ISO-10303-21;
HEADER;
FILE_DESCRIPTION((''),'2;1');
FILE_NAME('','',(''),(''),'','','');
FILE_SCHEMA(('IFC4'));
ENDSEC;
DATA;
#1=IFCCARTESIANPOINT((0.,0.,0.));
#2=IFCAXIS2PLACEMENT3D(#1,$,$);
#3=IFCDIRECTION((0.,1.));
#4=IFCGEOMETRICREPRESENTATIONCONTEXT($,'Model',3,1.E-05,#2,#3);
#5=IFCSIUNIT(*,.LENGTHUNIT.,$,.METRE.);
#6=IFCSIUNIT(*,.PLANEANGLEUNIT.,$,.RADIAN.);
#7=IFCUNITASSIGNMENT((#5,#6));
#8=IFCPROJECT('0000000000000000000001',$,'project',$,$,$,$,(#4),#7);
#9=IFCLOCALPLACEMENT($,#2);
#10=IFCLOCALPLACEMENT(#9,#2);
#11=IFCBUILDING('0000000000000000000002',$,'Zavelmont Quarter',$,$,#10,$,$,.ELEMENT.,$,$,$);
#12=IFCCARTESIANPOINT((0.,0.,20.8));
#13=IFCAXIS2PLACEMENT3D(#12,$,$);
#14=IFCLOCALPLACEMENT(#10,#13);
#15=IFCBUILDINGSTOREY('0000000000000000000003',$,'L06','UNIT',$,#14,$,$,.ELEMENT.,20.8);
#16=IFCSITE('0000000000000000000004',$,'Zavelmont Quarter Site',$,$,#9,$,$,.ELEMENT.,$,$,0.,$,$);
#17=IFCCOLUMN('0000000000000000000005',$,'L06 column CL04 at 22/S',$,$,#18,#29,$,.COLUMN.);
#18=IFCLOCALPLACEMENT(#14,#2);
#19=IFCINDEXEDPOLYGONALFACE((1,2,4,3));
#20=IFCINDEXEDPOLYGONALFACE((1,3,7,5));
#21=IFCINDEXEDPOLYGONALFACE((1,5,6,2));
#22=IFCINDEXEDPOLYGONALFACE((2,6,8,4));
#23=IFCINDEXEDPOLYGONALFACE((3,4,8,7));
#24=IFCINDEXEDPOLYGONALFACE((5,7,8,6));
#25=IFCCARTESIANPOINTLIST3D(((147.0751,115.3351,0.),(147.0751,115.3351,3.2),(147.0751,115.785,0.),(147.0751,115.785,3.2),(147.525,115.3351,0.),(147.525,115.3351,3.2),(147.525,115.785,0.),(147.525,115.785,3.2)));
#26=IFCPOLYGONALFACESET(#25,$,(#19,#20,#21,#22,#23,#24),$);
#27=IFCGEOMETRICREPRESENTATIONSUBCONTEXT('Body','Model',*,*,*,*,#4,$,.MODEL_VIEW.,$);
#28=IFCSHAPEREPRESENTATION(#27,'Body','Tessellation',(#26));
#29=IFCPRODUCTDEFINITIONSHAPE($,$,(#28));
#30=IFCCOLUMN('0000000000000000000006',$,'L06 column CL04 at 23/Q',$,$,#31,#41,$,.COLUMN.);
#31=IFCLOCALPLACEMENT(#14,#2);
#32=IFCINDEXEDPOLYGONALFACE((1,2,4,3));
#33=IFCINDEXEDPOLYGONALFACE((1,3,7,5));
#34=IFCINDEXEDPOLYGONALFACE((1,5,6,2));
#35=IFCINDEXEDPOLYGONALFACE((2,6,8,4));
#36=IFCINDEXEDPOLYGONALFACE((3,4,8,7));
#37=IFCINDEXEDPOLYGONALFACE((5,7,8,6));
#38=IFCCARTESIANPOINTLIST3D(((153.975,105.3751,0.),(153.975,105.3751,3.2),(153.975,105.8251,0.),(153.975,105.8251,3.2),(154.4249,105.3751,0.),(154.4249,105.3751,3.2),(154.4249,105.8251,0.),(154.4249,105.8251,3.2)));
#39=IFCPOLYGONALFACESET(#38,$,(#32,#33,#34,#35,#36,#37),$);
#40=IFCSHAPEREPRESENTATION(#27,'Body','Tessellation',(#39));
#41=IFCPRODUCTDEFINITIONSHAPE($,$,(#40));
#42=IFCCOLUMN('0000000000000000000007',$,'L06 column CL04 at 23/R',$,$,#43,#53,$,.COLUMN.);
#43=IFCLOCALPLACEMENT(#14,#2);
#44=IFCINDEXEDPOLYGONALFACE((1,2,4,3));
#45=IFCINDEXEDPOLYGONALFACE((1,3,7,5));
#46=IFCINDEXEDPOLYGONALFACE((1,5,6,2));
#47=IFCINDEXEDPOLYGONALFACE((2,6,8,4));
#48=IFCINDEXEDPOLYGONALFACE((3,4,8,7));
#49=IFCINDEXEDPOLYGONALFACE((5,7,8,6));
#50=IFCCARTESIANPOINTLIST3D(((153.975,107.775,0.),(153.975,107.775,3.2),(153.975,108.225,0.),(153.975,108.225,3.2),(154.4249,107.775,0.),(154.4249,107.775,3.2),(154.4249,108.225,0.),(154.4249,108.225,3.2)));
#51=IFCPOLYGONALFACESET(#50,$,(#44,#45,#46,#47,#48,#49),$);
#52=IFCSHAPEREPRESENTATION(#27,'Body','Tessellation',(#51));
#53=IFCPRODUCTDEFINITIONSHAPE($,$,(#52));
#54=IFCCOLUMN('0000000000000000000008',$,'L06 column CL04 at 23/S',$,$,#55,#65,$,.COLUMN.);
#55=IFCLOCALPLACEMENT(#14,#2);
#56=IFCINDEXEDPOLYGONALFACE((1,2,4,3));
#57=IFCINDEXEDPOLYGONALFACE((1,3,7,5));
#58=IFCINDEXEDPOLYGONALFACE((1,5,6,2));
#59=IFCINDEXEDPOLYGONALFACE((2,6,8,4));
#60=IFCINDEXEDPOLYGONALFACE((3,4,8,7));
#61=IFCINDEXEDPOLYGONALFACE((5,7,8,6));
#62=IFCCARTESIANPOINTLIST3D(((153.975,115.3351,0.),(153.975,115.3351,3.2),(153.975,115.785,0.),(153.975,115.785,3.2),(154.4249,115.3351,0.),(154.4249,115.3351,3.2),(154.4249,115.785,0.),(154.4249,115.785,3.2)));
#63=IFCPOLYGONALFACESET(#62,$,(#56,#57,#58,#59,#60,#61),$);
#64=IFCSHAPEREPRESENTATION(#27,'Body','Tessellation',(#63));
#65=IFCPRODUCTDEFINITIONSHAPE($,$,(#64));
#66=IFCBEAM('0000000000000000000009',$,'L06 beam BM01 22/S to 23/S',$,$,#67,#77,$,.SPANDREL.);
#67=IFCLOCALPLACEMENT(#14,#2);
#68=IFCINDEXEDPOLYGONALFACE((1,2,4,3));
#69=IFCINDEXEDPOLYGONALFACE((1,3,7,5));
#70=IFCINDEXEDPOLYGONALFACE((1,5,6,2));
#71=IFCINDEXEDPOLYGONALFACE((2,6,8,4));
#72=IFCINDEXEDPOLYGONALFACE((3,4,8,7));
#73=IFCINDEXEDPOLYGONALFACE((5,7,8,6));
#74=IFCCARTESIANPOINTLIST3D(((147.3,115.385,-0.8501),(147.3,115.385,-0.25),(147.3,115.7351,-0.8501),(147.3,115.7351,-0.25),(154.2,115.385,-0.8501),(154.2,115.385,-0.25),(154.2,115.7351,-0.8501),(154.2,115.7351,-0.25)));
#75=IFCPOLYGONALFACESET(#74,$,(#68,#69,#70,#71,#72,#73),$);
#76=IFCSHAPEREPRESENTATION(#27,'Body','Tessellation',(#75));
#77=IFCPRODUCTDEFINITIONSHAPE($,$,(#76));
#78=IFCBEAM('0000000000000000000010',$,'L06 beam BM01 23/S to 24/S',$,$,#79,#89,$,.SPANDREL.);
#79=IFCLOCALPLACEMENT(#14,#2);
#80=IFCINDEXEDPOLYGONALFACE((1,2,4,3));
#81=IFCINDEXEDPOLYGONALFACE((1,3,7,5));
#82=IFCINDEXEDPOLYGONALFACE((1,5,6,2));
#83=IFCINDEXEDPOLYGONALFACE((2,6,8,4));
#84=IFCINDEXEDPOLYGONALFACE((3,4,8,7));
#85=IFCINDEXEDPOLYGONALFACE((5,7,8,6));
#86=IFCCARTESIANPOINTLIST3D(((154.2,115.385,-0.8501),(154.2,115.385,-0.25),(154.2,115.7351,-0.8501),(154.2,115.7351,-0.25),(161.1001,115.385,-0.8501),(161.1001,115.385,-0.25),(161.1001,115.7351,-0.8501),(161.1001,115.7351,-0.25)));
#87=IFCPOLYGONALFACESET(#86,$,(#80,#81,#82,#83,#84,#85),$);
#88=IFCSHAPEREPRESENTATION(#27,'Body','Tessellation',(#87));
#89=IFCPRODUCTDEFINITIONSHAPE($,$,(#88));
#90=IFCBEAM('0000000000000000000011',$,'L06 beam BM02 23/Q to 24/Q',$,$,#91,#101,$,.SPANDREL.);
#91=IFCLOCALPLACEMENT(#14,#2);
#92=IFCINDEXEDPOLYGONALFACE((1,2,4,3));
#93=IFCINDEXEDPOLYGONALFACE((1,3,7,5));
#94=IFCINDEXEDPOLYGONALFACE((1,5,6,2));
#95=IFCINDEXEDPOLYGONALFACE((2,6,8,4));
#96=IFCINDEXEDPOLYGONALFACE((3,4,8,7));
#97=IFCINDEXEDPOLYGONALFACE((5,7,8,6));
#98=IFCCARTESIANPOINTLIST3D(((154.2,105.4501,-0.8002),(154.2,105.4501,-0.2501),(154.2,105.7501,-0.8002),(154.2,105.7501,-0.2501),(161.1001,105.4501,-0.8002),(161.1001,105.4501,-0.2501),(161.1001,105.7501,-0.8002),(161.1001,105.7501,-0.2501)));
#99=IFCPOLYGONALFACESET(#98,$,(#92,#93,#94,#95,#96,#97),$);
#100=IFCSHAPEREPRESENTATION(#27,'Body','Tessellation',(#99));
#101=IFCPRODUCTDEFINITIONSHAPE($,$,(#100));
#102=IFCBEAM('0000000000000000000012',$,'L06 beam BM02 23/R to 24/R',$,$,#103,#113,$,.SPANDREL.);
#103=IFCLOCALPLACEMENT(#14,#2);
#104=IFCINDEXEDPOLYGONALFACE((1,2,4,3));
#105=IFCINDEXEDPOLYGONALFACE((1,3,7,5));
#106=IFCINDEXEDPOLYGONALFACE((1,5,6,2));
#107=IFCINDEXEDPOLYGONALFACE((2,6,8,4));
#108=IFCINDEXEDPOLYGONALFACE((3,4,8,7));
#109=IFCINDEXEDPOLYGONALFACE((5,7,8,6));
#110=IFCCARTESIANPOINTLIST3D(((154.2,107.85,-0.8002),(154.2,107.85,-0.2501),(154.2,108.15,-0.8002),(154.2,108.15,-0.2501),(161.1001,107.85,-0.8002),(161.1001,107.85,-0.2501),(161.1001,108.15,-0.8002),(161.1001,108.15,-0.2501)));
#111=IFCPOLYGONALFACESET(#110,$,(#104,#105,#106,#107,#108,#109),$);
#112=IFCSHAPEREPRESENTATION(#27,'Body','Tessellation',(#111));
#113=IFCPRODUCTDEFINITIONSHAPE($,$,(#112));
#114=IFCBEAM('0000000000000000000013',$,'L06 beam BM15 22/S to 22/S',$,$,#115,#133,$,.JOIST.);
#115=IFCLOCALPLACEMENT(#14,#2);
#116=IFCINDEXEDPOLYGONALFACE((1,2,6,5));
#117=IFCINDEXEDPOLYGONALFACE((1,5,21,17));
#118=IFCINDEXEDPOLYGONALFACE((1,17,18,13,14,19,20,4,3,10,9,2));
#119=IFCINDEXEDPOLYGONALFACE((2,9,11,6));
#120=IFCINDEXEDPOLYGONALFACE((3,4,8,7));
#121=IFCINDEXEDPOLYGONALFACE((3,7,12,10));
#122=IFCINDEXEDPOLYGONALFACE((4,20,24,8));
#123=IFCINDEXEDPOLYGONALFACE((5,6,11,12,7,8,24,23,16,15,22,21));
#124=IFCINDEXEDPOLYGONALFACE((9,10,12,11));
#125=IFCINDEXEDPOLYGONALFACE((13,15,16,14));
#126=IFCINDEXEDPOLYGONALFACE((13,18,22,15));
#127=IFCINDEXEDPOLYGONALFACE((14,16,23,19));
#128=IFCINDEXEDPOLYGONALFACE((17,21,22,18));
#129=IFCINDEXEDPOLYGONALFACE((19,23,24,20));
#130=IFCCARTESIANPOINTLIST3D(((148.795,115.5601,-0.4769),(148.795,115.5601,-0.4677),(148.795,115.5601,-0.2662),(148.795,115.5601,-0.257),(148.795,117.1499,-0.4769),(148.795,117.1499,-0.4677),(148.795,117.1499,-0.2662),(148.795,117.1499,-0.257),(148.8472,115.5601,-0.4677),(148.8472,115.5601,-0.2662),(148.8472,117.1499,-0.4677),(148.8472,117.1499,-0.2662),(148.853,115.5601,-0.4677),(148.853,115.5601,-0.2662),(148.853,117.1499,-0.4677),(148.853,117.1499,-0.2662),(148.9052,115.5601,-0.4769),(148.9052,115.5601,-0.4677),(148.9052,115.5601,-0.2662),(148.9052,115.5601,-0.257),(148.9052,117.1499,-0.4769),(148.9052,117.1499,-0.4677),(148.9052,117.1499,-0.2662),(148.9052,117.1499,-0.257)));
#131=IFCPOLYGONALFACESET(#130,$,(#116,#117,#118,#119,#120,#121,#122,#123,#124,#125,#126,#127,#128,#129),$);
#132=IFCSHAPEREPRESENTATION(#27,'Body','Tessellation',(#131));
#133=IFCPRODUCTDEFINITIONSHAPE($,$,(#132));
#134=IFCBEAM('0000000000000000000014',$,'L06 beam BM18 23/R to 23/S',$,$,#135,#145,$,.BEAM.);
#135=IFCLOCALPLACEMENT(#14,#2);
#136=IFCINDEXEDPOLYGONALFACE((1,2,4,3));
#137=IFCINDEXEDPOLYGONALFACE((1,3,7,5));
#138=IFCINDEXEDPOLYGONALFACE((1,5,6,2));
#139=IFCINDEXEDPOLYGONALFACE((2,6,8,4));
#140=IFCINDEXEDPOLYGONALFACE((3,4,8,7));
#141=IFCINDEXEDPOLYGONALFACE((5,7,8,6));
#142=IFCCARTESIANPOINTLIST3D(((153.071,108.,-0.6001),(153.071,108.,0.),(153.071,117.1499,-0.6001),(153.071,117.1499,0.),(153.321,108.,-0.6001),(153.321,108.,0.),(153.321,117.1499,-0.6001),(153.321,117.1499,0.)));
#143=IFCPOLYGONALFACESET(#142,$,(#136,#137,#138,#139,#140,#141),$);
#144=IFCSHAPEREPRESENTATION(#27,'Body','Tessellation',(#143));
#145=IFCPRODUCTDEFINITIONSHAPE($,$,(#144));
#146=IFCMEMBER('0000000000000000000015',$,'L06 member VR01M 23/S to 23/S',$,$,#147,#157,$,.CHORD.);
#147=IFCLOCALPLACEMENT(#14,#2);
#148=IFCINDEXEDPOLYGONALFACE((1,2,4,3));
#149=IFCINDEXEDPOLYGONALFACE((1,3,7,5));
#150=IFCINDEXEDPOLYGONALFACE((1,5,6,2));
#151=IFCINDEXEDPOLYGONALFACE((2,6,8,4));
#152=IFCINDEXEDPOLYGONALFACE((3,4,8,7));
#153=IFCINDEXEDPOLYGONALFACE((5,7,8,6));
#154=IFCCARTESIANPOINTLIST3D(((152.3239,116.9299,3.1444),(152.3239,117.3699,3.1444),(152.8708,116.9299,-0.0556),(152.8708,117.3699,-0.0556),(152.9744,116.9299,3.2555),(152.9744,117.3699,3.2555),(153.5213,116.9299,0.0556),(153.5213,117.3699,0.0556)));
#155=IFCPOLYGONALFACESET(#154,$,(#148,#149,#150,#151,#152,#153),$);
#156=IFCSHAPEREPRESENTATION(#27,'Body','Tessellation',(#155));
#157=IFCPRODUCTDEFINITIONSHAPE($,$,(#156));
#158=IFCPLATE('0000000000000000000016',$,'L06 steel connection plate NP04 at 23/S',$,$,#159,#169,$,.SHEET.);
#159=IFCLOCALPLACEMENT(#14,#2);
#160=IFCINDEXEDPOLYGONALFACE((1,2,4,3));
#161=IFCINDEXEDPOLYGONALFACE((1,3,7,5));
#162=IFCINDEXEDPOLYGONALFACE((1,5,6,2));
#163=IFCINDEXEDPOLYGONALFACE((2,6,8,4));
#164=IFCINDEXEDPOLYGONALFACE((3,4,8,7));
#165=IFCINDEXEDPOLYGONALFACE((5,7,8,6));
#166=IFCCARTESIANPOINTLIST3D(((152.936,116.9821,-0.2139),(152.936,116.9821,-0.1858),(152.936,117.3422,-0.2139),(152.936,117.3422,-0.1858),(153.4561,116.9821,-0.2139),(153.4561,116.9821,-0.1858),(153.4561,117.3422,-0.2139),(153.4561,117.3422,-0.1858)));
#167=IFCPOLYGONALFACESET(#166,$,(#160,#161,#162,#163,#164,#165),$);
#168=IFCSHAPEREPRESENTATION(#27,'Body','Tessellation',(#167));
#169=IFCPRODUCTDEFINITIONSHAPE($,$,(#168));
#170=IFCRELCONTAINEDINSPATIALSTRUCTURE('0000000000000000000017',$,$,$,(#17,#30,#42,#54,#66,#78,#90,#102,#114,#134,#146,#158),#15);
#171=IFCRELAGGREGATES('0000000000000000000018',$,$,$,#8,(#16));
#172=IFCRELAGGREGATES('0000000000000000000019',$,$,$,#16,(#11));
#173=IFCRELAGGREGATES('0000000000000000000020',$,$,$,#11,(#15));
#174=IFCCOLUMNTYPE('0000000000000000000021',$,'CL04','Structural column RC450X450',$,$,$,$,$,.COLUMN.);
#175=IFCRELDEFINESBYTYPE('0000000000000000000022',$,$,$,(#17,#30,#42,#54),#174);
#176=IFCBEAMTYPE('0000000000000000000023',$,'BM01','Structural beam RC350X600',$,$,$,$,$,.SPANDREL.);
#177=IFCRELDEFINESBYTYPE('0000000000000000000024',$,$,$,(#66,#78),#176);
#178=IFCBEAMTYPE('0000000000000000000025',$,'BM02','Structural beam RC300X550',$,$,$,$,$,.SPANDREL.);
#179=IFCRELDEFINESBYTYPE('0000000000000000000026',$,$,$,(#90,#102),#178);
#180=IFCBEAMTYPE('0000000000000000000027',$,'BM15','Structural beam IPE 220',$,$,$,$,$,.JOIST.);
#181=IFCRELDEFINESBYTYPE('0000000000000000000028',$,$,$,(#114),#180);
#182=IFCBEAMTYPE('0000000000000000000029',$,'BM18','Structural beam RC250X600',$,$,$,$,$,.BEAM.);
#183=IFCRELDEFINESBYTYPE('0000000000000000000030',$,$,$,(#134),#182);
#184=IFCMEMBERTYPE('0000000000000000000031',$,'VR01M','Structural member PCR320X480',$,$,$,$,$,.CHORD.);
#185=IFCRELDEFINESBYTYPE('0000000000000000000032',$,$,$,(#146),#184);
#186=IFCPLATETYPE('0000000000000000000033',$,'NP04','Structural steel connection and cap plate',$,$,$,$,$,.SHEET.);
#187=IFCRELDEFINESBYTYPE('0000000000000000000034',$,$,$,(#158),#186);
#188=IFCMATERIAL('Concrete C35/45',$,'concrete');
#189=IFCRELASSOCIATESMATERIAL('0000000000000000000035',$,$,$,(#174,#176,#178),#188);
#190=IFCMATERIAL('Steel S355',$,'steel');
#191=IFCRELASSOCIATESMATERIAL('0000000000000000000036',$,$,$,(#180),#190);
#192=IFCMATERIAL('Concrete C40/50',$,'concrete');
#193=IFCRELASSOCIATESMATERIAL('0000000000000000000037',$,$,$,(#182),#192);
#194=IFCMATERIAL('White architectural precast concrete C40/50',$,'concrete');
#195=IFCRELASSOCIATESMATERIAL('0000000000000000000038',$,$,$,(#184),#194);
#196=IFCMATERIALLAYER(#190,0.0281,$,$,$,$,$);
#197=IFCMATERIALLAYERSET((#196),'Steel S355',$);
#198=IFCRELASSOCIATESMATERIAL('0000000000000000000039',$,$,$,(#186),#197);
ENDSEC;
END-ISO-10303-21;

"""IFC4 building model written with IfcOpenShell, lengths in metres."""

from ifc_helpers import new_model, si_unit, direction, frame, origin, origin_2d, place, context, subcontext, project, spatial, rectangle, i_section, extrude, material, layer, layer_set, material_profile, profile_set, type_object, element, save


model = new_model("IFC4")

# Units and contexts
model_context = context("Model", 3, precision=1e-05, world=origin(), true_north=direction((0.0, 1.0)))
body_context = subcontext(model_context, "Body", "Model", "MODEL_VIEW")
ifc_project = project(units=[si_unit("LENGTHUNIT", "METRE"), si_unit("PLANEANGLEUNIT", "RADIAN")], contexts=[model_context])

# Site, building, storey
site_placement = place(None, origin())
site = spatial("IfcSite", under=ifc_project, at=site_placement, Name="Zavelmont Quarter Site", CompositionType="ELEMENT", RefElevation=0.0)
building_placement = place(site_placement, origin())
building = spatial("IfcBuilding", under=site, at=building_placement, Name="Zavelmont Quarter", CompositionType="ELEMENT")
storey_placement = place(building_placement, frame((0.0, 0.0, 20.8)))
storey = spatial("IfcBuildingStorey", under=building, at=storey_placement, Name="L06", Description="UNIT", CompositionType="ELEMENT", Elevation=20.8)

# Columns
ifc_material_1 = material(Name="Concrete C35/45", Category="concrete")
ifc_material_profile_1 = material_profile(ifc_material_1, rectangle(XDim=0.45, YDim=0.45, at=origin_2d()), Name="RC450X450")
ifc_profile_set_1 = profile_set([ifc_material_profile_1], Name="Concrete C35/45")
column_type = type_object("IfcColumnType", Name="CL04", Description="Structural column RC450X450", PredefinedType="COLUMN", material=ifc_profile_set_1)
for number, where, z_axis, x_axis, name in (
    (1, (147.3, 115.5601, 0.0), (0.0, 0.0, 1.0), (1.0, 0.0, 0.0), "L06 column CL04 at 22/S"),
    (2, (154.2, 105.6001, 0.0), (0.0, 0.0, 1.0), (1.0, 0.0, 0.0), "L06 column CL04 at 23/Q"),
    (3, (154.2, 108.0, 0.0), (0.0, 0.0, 1.0), (1.0, 0.0, 0.0), "L06 column CL04 at 23/R"),
    (4, (154.2, 115.5601, 0.0), (0.0, 0.0, 1.0), (1.0, 0.0, 0.0), "L06 column CL04 at 23/S"),
):
    element("IfcColumn", number, at=place(storey_placement, frame(where, z_axis=z_axis, x_axis=x_axis)), inside=storey, type_object=column_type, Name=name, PredefinedType="COLUMN", context=body_context, shape_type="SweptSolid", body=[
        extrude(rectangle(XDim=0.45, YDim=0.45, at=origin_2d()), origin(), (0.0, 0.0, 1.0), 3.2),
    ])

# Beams
ifc_material_profile_2 = material_profile(ifc_material_1, rectangle(XDim=0.3501, YDim=0.6001, at=origin_2d()), Name="RC350X600")
ifc_profile_set_2 = profile_set([ifc_material_profile_2], Name="Concrete C35/45")
beam_type_1 = type_object("IfcBeamType", Name="BM01", Description="Structural beam RC350X600", PredefinedType="SPANDREL", material=ifc_profile_set_2)
beam_1_placement = place(storey_placement, frame((147.3, 115.5601, -0.55), z_axis=(1.0, 0.0, 0.0), x_axis=(0.0, 1.0, 0.0)))
element("IfcBeam", 5, at=beam_1_placement, inside=storey, type_object=beam_type_1, Name="L06 beam BM01 22/S to 23/S", PredefinedType="SPANDREL", context=body_context, shape_type="SweptSolid", body=[
    extrude(rectangle(XDim=0.3501, YDim=0.6001, at=origin_2d()), origin(), (0.0, 0.0, 1.0), 6.8999),
])
beam_2_placement = place(storey_placement, frame((154.2, 115.5601, -0.55), z_axis=(1.0, 0.0, 0.0), x_axis=(0.0, 1.0, 0.0)))
element("IfcBeam", 6, at=beam_2_placement, inside=storey, type_object=beam_type_1, Name="L06 beam BM01 23/S to 24/S", PredefinedType="SPANDREL", context=body_context, shape_type="SweptSolid", body=[
    extrude(rectangle(XDim=0.3501, YDim=0.6001, at=origin_2d()), origin(), (0.0, 0.0, 1.0), 6.9001),
])
ifc_material_profile_3 = material_profile(ifc_material_1, rectangle(XDim=0.3, YDim=0.55, at=origin_2d()), Name="RC300X550")
ifc_profile_set_3 = profile_set([ifc_material_profile_3], Name="Concrete C35/45")
beam_type_2 = type_object("IfcBeamType", Name="BM02", Description="Structural beam RC300X550", PredefinedType="SPANDREL", material=ifc_profile_set_3)
for number, where, z_axis, x_axis, name in (
    (7, (154.2, 105.6001, -0.5251), (1.0, 0.0, 0.0), (0.0, 1.0, 0.0), "L06 beam BM02 23/Q to 24/Q"),
    (8, (154.2, 108.0, -0.5251), (1.0, 0.0, 0.0), (0.0, 1.0, 0.0), "L06 beam BM02 23/R to 24/R"),
):
    element("IfcBeam", number, at=place(storey_placement, frame(where, z_axis=z_axis, x_axis=x_axis)), inside=storey, type_object=beam_type_2, Name=name, PredefinedType="SPANDREL", context=body_context, shape_type="SweptSolid", body=[
        extrude(rectangle(XDim=0.3, YDim=0.55, at=origin_2d()), origin(), (0.0, 0.0, 1.0), 6.9001),
    ])
ifc_material_2 = material(Name="Steel S355", Category="steel")
ifc_material_profile_4 = material_profile(ifc_material_2, i_section(OverallWidth=0.1101, OverallDepth=0.22, WebThickness=0.0059, FlangeThickness=0.0093, at=origin_2d()), Name="IPE 220")
ifc_profile_set_4 = profile_set([ifc_material_profile_4], Name="Steel S355")
beam_type_3 = type_object("IfcBeamType", Name="BM15", Description="Structural beam IPE 220", PredefinedType="JOIST", material=ifc_profile_set_4)
beam_3_placement = place(storey_placement, frame((148.8501, 115.5601, -0.3669), z_axis=(0.0, 1.0, 0.0), x_axis=(-1.0, 0.0, 0.0)))
element("IfcBeam", 9, at=beam_3_placement, inside=storey, type_object=beam_type_3, Name="L06 beam BM15 22/S to 22/S", PredefinedType="JOIST", context=body_context, shape_type="SweptSolid", body=[
    extrude(i_section(OverallWidth=0.1101, OverallDepth=0.22, WebThickness=0.0059, FlangeThickness=0.0093, at=origin_2d()), origin(), (0.0, 0.0, 1.0), 1.5898),
])
ifc_material_3 = material(Name="Concrete C40/50", Category="concrete")
ifc_material_profile_5 = material_profile(ifc_material_3, rectangle(XDim=0.25, YDim=0.6001, at=origin_2d()), Name="RC250X600")
ifc_profile_set_5 = profile_set([ifc_material_profile_5], Name="Concrete C40/50")
beam_type_4 = type_object("IfcBeamType", Name="BM18", Description="Structural beam RC250X600", PredefinedType="BEAM", material=ifc_profile_set_5)
beam_4_placement = place(storey_placement, frame((153.196, 108.0, -0.3), z_axis=(0.0, 1.0, 0.0), x_axis=(-1.0, 0.0, 0.0)))
element("IfcBeam", 10, at=beam_4_placement, inside=storey, type_object=beam_type_4, Name="L06 beam BM18 23/R to 23/S", PredefinedType="BEAM", context=body_context, shape_type="SweptSolid", body=[
    extrude(rectangle(XDim=0.25, YDim=0.6001, at=origin_2d()), origin(), (0.0, 0.0, 1.0), 9.1499),
])

# Member
ifc_material_4 = material(Name="White architectural precast concrete C40/50", Category="concrete")
ifc_material_profile_6 = material_profile(ifc_material_4, rectangle(XDim=0.4399, YDim=0.6599, at=origin_2d()), Name="PCR320X480")
ifc_profile_set_6 = profile_set([ifc_material_profile_6], Name="White architectural precast concrete C40/50")
member_type = type_object("IfcMemberType", Name="VR01M", Description="Structural member PCR320X480", PredefinedType="CHORD", material=ifc_profile_set_6)
member_placement = place(storey_placement, frame((153.196, 117.1499, 0.0), z_axis=(-0.168459, 0.0, 0.985709), x_axis=(0.0, -1.0, 0.0)))
element("IfcMember", 11, at=member_placement, inside=storey, type_object=member_type, Name="L06 member VR01M 23/S to 23/S", PredefinedType="CHORD", context=body_context, shape_type="SweptSolid", body=[
    extrude(rectangle(XDim=0.4399, YDim=0.6599, at=origin_2d()), origin(), (0.0, 0.0, 1.0), 3.2463),
])

# Plate
ifc_layer_1 = layer(ifc_material_2, 0.0281)
ifc_layer_set_1 = layer_set([ifc_layer_1], Name="Steel S355")
plate_type = type_object("IfcPlateType", Name="NP04", Description="Structural steel connection and cap plate", PredefinedType="SHEET", material=ifc_layer_set_1)
plate_placement = place(storey_placement, frame((153.196, 117.1621, -0.2139), z_axis=(0.0, 0.0, 1.0), x_axis=(1.0, 0.0, 0.0)))
element("IfcPlate", 12, at=plate_placement, inside=storey, type_object=plate_type, Name="L06 steel connection plate NP04 at 23/S", PredefinedType="SHEET", context=body_context, shape_type="SweptSolid", body=[
    extrude(rectangle(XDim=0.52, YDim=0.3601, at=origin_2d()), origin(), (0.0, 0.0, 1.0), 0.0281),
])

save(model, "model.ifc")
